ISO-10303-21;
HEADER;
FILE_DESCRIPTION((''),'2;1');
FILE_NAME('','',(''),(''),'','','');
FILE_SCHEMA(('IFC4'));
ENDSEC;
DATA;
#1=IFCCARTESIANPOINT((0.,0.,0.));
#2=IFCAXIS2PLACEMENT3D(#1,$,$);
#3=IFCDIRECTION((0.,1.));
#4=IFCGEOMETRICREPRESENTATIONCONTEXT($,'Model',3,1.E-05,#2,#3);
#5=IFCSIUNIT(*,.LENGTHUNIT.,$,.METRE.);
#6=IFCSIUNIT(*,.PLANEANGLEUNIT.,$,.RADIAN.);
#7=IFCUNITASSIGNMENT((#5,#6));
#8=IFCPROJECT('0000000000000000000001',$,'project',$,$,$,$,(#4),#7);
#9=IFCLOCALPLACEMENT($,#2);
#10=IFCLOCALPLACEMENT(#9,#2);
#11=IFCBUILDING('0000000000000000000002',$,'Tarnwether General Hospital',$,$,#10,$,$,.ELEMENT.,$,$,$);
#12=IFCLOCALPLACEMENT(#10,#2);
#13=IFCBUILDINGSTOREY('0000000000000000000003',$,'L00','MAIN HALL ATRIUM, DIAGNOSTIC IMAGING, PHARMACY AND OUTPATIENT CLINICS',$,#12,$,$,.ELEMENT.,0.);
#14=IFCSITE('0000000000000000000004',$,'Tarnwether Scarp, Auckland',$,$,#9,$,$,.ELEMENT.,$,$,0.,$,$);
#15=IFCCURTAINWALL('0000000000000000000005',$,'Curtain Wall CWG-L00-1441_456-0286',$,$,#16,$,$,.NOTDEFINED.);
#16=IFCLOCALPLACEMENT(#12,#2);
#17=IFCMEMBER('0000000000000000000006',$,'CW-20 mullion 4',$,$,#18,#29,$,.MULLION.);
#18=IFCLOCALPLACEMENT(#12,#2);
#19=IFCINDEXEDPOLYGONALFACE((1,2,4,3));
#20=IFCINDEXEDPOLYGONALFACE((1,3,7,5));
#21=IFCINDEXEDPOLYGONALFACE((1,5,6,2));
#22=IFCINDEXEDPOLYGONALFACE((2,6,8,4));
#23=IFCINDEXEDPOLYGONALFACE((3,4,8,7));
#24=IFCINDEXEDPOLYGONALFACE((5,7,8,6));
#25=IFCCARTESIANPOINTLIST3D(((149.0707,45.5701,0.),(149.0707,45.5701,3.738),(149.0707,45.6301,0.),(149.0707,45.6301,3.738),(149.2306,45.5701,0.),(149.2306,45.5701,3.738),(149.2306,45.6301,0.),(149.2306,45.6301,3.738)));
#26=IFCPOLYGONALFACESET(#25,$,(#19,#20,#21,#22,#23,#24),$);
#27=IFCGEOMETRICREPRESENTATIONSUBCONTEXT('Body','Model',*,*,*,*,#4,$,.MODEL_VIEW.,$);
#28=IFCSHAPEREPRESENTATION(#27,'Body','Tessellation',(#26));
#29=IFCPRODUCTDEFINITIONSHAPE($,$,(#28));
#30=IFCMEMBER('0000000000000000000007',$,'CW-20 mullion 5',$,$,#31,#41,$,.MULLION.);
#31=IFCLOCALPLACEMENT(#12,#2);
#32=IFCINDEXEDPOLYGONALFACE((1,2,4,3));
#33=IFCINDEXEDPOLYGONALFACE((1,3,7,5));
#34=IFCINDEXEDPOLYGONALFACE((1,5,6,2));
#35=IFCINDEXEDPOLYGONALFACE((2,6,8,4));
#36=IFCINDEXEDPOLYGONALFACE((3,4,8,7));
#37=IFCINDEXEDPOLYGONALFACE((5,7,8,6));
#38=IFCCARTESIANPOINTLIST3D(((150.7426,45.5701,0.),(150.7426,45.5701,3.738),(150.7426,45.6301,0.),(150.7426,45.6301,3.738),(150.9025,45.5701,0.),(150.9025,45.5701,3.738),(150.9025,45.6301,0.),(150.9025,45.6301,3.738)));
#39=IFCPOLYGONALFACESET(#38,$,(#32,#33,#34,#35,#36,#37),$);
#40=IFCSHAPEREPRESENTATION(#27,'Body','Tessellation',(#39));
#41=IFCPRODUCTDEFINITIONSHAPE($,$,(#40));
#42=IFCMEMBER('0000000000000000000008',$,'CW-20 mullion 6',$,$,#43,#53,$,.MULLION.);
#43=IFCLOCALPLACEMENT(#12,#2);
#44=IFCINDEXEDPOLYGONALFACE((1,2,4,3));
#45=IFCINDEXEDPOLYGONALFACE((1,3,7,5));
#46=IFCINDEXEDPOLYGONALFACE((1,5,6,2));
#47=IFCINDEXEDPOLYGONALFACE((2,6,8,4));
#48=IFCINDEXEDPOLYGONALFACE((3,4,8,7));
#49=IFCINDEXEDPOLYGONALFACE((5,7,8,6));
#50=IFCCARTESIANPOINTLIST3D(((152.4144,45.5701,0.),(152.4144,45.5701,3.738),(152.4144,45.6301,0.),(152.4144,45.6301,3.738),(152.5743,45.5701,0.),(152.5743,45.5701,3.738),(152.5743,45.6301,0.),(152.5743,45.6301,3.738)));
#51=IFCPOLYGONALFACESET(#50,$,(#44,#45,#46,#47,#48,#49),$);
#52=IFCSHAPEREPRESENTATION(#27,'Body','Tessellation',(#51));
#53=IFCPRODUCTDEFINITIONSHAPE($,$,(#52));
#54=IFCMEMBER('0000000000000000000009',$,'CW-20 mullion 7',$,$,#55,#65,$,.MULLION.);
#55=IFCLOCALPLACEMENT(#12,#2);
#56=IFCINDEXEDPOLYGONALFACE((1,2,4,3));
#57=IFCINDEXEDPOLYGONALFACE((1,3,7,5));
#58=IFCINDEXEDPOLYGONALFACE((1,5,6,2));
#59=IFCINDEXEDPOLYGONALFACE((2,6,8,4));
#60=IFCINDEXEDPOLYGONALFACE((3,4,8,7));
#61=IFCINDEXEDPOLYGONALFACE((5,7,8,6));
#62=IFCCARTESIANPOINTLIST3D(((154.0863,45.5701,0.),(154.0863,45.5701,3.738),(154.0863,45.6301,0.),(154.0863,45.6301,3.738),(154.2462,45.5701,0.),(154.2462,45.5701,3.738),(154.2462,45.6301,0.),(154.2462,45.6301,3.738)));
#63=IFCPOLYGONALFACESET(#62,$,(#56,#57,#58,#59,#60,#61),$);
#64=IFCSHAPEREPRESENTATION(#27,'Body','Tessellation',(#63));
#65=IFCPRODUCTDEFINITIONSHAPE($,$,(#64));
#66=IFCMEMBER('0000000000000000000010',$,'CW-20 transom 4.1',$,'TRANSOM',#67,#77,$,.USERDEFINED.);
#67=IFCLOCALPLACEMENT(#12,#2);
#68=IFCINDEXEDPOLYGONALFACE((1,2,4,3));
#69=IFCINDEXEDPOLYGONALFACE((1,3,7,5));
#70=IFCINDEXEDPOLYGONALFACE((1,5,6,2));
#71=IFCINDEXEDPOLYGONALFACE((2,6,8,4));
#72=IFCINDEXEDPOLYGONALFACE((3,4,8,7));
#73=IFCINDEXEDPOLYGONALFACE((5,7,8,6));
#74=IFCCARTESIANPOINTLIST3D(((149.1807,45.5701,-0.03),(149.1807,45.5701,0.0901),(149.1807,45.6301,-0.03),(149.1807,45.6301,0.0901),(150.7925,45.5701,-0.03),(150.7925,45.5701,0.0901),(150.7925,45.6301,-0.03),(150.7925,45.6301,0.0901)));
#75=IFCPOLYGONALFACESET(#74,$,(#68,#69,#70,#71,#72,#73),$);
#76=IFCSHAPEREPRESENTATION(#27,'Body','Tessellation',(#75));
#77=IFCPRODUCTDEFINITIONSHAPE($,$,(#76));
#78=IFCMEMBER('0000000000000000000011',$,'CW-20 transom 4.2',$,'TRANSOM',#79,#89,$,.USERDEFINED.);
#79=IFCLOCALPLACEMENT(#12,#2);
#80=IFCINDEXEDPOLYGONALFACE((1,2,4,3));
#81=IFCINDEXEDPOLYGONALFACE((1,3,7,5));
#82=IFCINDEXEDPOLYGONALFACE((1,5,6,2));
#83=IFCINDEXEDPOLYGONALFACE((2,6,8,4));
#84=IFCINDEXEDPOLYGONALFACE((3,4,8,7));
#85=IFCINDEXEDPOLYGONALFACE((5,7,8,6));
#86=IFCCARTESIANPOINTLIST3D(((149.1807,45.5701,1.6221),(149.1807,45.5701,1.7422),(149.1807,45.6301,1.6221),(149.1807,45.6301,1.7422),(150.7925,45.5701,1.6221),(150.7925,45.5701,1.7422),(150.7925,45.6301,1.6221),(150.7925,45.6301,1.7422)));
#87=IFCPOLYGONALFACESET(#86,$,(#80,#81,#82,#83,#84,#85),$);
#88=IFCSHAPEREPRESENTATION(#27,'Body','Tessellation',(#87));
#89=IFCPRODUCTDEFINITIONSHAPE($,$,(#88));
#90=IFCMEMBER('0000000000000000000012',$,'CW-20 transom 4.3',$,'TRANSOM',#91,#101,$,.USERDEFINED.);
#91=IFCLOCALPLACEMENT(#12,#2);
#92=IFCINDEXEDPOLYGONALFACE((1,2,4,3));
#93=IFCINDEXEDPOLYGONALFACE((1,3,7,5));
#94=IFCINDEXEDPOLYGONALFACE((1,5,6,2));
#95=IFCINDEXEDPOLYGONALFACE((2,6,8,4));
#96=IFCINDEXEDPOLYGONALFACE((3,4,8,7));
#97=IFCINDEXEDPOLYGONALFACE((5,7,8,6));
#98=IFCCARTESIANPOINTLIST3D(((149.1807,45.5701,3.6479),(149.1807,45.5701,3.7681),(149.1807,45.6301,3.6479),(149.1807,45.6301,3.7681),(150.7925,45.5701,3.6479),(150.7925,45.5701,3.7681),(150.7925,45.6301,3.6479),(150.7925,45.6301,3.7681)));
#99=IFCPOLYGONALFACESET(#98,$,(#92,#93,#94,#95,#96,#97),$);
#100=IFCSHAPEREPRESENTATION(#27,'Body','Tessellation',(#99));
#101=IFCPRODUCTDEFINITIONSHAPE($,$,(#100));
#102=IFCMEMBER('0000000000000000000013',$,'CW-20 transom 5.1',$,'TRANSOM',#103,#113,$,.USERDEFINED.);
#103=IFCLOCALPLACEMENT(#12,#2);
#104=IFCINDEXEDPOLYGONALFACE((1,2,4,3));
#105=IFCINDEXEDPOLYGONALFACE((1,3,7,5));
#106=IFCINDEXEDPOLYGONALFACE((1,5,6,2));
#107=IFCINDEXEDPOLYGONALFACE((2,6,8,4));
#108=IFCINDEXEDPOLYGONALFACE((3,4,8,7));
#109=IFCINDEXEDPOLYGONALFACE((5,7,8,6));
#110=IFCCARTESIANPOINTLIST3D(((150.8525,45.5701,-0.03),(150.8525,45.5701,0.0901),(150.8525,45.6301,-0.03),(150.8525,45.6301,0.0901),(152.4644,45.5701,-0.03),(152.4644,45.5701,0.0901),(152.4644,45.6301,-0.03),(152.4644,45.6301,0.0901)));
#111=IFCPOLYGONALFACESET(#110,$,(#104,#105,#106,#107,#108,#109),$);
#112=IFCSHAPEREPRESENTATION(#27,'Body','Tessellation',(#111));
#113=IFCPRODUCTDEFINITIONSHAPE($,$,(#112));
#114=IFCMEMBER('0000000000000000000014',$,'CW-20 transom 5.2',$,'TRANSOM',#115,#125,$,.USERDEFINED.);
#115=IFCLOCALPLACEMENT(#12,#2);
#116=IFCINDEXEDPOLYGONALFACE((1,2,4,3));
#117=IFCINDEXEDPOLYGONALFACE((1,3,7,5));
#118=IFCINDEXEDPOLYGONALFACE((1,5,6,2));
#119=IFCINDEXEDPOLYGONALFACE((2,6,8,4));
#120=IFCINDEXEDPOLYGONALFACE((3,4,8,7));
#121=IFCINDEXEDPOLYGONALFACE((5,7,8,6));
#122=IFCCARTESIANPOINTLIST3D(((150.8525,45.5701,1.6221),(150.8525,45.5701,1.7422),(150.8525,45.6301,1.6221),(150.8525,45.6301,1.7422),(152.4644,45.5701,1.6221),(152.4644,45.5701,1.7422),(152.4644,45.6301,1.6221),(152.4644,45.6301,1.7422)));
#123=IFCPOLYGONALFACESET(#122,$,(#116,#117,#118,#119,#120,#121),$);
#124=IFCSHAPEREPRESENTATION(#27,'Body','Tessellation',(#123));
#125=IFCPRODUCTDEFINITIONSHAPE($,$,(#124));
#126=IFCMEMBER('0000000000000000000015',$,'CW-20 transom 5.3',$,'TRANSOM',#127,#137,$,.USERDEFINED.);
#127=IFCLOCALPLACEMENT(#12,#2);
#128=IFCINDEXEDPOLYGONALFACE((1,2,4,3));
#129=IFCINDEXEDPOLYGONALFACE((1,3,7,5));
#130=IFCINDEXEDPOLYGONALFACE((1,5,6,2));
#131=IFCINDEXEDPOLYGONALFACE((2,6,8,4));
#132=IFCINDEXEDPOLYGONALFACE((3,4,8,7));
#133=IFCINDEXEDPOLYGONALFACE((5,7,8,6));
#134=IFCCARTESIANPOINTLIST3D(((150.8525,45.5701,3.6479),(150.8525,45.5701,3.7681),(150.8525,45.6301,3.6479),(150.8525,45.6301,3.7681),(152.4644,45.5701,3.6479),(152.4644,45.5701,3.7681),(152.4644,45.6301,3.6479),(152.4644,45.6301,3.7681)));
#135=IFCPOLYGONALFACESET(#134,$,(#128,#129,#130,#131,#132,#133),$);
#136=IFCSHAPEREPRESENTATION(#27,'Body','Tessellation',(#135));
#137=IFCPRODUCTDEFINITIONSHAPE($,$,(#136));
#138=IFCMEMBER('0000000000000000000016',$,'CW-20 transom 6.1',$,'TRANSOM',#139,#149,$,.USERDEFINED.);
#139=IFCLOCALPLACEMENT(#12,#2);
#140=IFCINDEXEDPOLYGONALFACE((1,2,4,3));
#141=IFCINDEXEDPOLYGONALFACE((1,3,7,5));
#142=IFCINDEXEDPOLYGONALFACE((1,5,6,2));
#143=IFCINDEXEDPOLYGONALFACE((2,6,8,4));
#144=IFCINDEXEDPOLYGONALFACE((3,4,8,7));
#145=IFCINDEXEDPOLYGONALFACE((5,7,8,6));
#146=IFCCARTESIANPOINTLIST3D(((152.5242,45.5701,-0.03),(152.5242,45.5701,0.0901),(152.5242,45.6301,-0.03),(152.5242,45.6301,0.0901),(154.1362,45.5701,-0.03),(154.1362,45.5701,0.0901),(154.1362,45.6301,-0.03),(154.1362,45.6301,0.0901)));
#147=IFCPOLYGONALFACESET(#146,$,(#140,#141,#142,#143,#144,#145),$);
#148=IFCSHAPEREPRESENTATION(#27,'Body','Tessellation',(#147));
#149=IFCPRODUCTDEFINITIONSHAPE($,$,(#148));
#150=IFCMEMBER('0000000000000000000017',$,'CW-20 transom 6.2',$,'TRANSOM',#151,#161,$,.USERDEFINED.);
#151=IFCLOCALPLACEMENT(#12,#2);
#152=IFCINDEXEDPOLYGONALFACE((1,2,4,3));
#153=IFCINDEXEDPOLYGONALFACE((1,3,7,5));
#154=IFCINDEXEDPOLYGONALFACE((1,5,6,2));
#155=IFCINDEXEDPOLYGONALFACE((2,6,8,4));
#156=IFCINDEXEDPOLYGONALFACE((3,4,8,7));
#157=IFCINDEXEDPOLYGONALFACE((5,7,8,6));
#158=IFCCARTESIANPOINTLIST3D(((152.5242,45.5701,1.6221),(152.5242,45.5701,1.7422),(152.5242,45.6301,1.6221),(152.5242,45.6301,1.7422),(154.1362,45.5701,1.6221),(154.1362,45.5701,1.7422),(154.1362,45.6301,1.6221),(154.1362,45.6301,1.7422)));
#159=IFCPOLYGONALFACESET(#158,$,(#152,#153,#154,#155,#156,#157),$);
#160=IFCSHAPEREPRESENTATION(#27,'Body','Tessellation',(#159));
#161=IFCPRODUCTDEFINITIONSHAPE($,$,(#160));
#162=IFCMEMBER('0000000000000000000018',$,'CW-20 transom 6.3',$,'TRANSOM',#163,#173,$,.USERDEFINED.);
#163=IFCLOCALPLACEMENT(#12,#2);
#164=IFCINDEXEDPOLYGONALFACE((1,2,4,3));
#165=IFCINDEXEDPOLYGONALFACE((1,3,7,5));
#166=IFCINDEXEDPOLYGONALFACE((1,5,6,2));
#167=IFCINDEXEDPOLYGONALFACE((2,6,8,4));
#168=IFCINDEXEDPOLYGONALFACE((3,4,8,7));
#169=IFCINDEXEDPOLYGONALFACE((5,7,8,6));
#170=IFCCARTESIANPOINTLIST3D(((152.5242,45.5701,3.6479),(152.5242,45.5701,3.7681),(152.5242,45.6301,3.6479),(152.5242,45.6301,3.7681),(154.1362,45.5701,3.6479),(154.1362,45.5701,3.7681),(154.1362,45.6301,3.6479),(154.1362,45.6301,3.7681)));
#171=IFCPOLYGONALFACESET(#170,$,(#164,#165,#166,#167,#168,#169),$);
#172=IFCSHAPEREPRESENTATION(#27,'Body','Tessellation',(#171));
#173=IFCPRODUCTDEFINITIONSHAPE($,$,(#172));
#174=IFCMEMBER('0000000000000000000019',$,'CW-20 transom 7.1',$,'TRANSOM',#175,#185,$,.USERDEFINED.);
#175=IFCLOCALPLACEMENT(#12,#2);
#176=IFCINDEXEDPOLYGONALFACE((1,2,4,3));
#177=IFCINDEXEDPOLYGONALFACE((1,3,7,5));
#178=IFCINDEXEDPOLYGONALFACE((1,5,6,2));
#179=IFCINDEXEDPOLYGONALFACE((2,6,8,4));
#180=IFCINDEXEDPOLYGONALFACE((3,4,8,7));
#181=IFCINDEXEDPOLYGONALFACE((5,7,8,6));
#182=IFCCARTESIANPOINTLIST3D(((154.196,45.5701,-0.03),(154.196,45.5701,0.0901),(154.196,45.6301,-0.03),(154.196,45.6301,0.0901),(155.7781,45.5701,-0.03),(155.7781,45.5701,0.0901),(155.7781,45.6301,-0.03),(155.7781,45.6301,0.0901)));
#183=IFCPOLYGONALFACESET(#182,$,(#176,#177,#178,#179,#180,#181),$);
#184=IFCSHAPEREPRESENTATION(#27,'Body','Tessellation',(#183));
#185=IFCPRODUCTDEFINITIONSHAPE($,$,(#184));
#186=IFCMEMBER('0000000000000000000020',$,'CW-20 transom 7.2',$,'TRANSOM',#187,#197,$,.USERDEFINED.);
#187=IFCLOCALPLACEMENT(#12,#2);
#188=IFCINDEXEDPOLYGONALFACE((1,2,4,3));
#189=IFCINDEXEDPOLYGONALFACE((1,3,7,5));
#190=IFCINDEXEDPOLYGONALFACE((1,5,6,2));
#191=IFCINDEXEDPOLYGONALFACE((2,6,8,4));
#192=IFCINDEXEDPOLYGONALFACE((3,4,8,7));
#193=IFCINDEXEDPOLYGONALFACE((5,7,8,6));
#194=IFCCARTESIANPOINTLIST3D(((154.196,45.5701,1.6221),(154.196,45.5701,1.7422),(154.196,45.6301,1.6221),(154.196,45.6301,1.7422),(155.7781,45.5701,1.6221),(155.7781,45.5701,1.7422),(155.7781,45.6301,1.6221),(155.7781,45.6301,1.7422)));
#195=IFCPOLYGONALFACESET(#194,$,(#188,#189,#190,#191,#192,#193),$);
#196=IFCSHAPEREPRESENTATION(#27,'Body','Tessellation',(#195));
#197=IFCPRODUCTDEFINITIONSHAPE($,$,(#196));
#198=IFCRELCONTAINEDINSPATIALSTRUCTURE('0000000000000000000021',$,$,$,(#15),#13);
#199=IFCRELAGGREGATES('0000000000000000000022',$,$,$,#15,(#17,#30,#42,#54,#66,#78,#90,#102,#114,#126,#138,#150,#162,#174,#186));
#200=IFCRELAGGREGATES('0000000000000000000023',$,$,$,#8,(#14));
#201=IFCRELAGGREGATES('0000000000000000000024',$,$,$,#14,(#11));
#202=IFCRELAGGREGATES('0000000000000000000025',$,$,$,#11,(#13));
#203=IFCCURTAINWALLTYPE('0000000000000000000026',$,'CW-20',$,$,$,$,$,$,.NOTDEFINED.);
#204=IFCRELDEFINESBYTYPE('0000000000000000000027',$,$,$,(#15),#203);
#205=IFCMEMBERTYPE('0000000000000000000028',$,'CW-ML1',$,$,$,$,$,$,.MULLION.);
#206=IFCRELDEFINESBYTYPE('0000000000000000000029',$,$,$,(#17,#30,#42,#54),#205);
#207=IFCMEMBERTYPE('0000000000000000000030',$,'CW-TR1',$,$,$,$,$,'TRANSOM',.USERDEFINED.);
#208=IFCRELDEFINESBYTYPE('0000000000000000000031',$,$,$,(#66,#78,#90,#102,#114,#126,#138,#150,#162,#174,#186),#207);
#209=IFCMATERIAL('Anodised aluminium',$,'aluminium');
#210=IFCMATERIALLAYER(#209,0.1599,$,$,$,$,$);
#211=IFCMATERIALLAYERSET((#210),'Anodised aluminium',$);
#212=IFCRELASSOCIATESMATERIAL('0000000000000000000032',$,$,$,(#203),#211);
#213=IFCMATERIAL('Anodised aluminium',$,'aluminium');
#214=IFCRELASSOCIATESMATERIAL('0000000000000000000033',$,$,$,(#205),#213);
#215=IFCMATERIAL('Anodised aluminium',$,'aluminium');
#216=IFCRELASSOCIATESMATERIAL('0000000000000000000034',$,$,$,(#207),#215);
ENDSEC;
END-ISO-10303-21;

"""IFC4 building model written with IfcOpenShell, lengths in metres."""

from ifc_helpers import new_model, si_unit, direction, frame, origin, origin_2d, place, context, subcontext, project, spatial, rectangle, extrude, material, layer, layer_set, material_profile, profile_set, type_object, element, aggregate, save


model = new_model("IFC4")

# Units and contexts
model_context = context("Model", 3, precision=1e-05, world=origin(), true_north=direction((0.0, 1.0)))
body_context = subcontext(model_context, "Body", "Model", "MODEL_VIEW")
ifc_project = project(units=[si_unit("LENGTHUNIT", "METRE"), si_unit("PLANEANGLEUNIT", "RADIAN")], contexts=[model_context])

# Site, building, storey
site_placement = place(None, origin())
site = spatial("IfcSite", under=ifc_project, at=site_placement, Name="Tarnwether Scarp, Auckland", CompositionType="ELEMENT", RefElevation=0.0)
building_placement = place(site_placement, origin())
building = spatial("IfcBuilding", under=site, at=building_placement, Name="Tarnwether General Hospital", CompositionType="ELEMENT")
storey_placement = place(building_placement, origin())
storey = spatial("IfcBuildingStorey", under=building, at=storey_placement, Name="L00", Description="MAIN HALL ATRIUM, DIAGNOSTIC IMAGING, PHARMACY AND OUTPATIENT CLINICS", CompositionType="ELEMENT", Elevation=0.0)

# Curtain wall, members
ifc_material_1 = material(Name="Anodised aluminium", Category="aluminium")
ifc_layer_1 = layer(ifc_material_1, 0.1599)
ifc_layer_set_1 = layer_set([ifc_layer_1], Name="Anodised aluminium")
curtain_wall_type = type_object("IfcCurtainWallType", Name="CW-20", PredefinedType="NOTDEFINED", material=ifc_layer_set_1)
curtain_wall_placement = place(storey_placement, origin())
curtain_wall = element("IfcCurtainWall", 1, at=curtain_wall_placement, inside=storey, type_object=curtain_wall_type, Name="Curtain Wall CWG-L00-1441_456-0286", PredefinedType="NOTDEFINED")
ifc_material_2 = material(Name="Anodised aluminium", Category="aluminium")
ifc_material_profile_1 = material_profile(ifc_material_2, rectangle(XDim=0.0601, YDim=0.1599, at=origin_2d()), Name="ALU-MUL-60x160")
ifc_profile_set_1 = profile_set([ifc_material_profile_1], Name="Anodised aluminium")
member_type_1 = type_object("IfcMemberType", Name="CW-ML1", PredefinedType="MULLION", material=ifc_profile_set_1)
member_1_placement = place(storey_placement, frame((149.1506, 45.6001, 0.0), z_axis=(0.0, 0.0, 1.0), x_axis=(0.0, 1.0, 0.0)))
member_1 = element("IfcMember", 2, at=member_1_placement, type_object=member_type_1, Name="CW-20 mullion 4", PredefinedType="MULLION", context=body_context, shape_type="SweptSolid", body=[
    extrude(rectangle(XDim=0.0601, YDim=0.1599, at=origin_2d()), origin(), (0.0, 0.0, 1.0), 3.738),
])
member_2_placement = place(storey_placement, frame((150.8225, 45.6001, 0.0), z_axis=(0.0, 0.0, 1.0), x_axis=(0.0, 1.0, 0.0)))
member_2 = element("IfcMember", 3, at=member_2_placement, type_object=member_type_1, Name="CW-20 mullion 5", PredefinedType="MULLION", context=body_context, shape_type="SweptSolid", body=[
    extrude(rectangle(XDim=0.0601, YDim=0.1599, at=origin_2d()), origin(), (0.0, 0.0, 1.0), 3.738),
])
member_3_placement = place(storey_placement, frame((152.4944, 45.6001, 0.0), z_axis=(0.0, 0.0, 1.0), x_axis=(0.0, 1.0, 0.0)))
member_3 = element("IfcMember", 4, at=member_3_placement, type_object=member_type_1, Name="CW-20 mullion 6", PredefinedType="MULLION", context=body_context, shape_type="SweptSolid", body=[
    extrude(rectangle(XDim=0.0601, YDim=0.1599, at=origin_2d()), origin(), (0.0, 0.0, 1.0), 3.738),
])
member_4_placement = place(storey_placement, frame((154.1663, 45.6001, 0.0), z_axis=(0.0, 0.0, 1.0), x_axis=(0.0, 1.0, 0.0)))
member_4 = element("IfcMember", 5, at=member_4_placement, type_object=member_type_1, Name="CW-20 mullion 7", PredefinedType="MULLION", context=body_context, shape_type="SweptSolid", body=[
    extrude(rectangle(XDim=0.0601, YDim=0.1599, at=origin_2d()), origin(), (0.0, 0.0, 1.0), 3.738),
])
ifc_material_3 = material(Name="Anodised aluminium", Category="aluminium")
ifc_material_profile_2 = material_profile(ifc_material_3, rectangle(XDim=0.0601, YDim=0.1201, at=origin_2d()), Name="ALU-TRN-60x120")
ifc_profile_set_2 = profile_set([ifc_material_profile_2], Name="Anodised aluminium")
member_type_2 = type_object("IfcMemberType", Name="CW-TR1", ElementType="TRANSOM", PredefinedType="USERDEFINED", material=ifc_profile_set_2)
member_5_placement = place(storey_placement, frame((149.1807, 45.6001, 0.03), z_axis=(1.0, 0.0, 0.0), x_axis=(0.0, 1.0, 0.0)))
member_5 = element("IfcMember", 6, at=member_5_placement, type_object=member_type_2, Name="CW-20 transom 4.1", ObjectType="TRANSOM", PredefinedType="USERDEFINED", context=body_context, shape_type="SweptSolid", body=[
    extrude(rectangle(XDim=0.0601, YDim=0.1201, at=origin_2d()), origin(), (0.0, 0.0, 1.0), 1.6118),
])
member_6_placement = place(storey_placement, frame((149.1807, 45.6001, 1.6821), z_axis=(1.0, 0.0, 0.0), x_axis=(0.0, 1.0, 0.0)))
member_6 = element("IfcMember", 7, at=member_6_placement, type_object=member_type_2, Name="CW-20 transom 4.2", ObjectType="TRANSOM", PredefinedType="USERDEFINED", context=body_context, shape_type="SweptSolid", body=[
    extrude(rectangle(XDim=0.0601, YDim=0.1201, at=origin_2d()), origin(), (0.0, 0.0, 1.0), 1.6118),
])
member_7_placement = place(storey_placement, frame((149.1807, 45.6001, 3.708), z_axis=(1.0, 0.0, 0.0), x_axis=(0.0, 1.0, 0.0)))
member_7 = element("IfcMember", 8, at=member_7_placement, type_object=member_type_2, Name="CW-20 transom 4.3", ObjectType="TRANSOM", PredefinedType="USERDEFINED", context=body_context, shape_type="SweptSolid", body=[
    extrude(rectangle(XDim=0.0601, YDim=0.1201, at=origin_2d()), origin(), (0.0, 0.0, 1.0), 1.6118),
])
member_8_placement = place(storey_placement, frame((150.8525, 45.6001, 0.03), z_axis=(1.0, 0.0, 0.0), x_axis=(0.0, 1.0, 0.0)))
member_8 = element("IfcMember", 9, at=member_8_placement, type_object=member_type_2, Name="CW-20 transom 5.1", ObjectType="TRANSOM", PredefinedType="USERDEFINED", context=body_context, shape_type="SweptSolid", body=[
    extrude(rectangle(XDim=0.0601, YDim=0.1201, at=origin_2d()), origin(), (0.0, 0.0, 1.0), 1.6118),
])
member_9_placement = place(storey_placement, frame((150.8525, 45.6001, 1.6821), z_axis=(1.0, 0.0, 0.0), x_axis=(0.0, 1.0, 0.0)))
member_9 = element("IfcMember", 10, at=member_9_placement, type_object=member_type_2, Name="CW-20 transom 5.2", ObjectType="TRANSOM", PredefinedType="USERDEFINED", context=body_context, shape_type="SweptSolid", body=[
    extrude(rectangle(XDim=0.0601, YDim=0.1201, at=origin_2d()), origin(), (0.0, 0.0, 1.0), 1.6118),
])
member_10_placement = place(storey_placement, frame((150.8525, 45.6001, 3.708), z_axis=(1.0, 0.0, 0.0), x_axis=(0.0, 1.0, 0.0)))
member_10 = element("IfcMember", 11, at=member_10_placement, type_object=member_type_2, Name="CW-20 transom 5.3", ObjectType="TRANSOM", PredefinedType="USERDEFINED", context=body_context, shape_type="SweptSolid", body=[
    extrude(rectangle(XDim=0.0601, YDim=0.1201, at=origin_2d()), origin(), (0.0, 0.0, 1.0), 1.6118),
])
member_11_placement = place(storey_placement, frame((152.5242, 45.6001, 0.03), z_axis=(1.0, 0.0, 0.0), x_axis=(0.0, 1.0, 0.0)))
member_11 = element("IfcMember", 12, at=member_11_placement, type_object=member_type_2, Name="CW-20 transom 6.1", ObjectType="TRANSOM", PredefinedType="USERDEFINED", context=body_context, shape_type="SweptSolid", body=[
    extrude(rectangle(XDim=0.0601, YDim=0.1201, at=origin_2d()), origin(), (0.0, 0.0, 1.0), 1.6121),
])
member_12_placement = place(storey_placement, frame((152.5242, 45.6001, 1.6821), z_axis=(1.0, 0.0, 0.0), x_axis=(0.0, 1.0, 0.0)))
member_12 = element("IfcMember", 13, at=member_12_placement, type_object=member_type_2, Name="CW-20 transom 6.2", ObjectType="TRANSOM", PredefinedType="USERDEFINED", context=body_context, shape_type="SweptSolid", body=[
    extrude(rectangle(XDim=0.0601, YDim=0.1201, at=origin_2d()), origin(), (0.0, 0.0, 1.0), 1.6121),
])
member_13_placement = place(storey_placement, frame((152.5242, 45.6001, 3.708), z_axis=(1.0, 0.0, 0.0), x_axis=(0.0, 1.0, 0.0)))
member_13 = element("IfcMember", 14, at=member_13_placement, type_object=member_type_2, Name="CW-20 transom 6.3", ObjectType="TRANSOM", PredefinedType="USERDEFINED", context=body_context, shape_type="SweptSolid", body=[
    extrude(rectangle(XDim=0.0601, YDim=0.1201, at=origin_2d()), origin(), (0.0, 0.0, 1.0), 1.6121),
])
member_14_placement = place(storey_placement, frame((154.196, 45.6001, 0.03), z_axis=(1.0, 0.0, 0.0), x_axis=(0.0, 1.0, 0.0)))
member_14 = element("IfcMember", 15, at=member_14_placement, type_object=member_type_2, Name="CW-20 transom 7.1", ObjectType="TRANSOM", PredefinedType="USERDEFINED", context=body_context, shape_type="SweptSolid", body=[
    extrude(rectangle(XDim=0.0601, YDim=0.1201, at=origin_2d()), origin(), (0.0, 0.0, 1.0), 1.582),
])
member_15_placement = place(storey_placement, frame((154.196, 45.6001, 1.6821), z_axis=(1.0, 0.0, 0.0), x_axis=(0.0, 1.0, 0.0)))
member_15 = element("IfcMember", 16, at=member_15_placement, type_object=member_type_2, Name="CW-20 transom 7.2", ObjectType="TRANSOM", PredefinedType="USERDEFINED", context=body_context, shape_type="SweptSolid", body=[
    extrude(rectangle(XDim=0.0601, YDim=0.1201, at=origin_2d()), origin(), (0.0, 0.0, 1.0), 1.582),
])
aggregate(curtain_wall, [member_1, member_2, member_3, member_4, member_5, member_6, member_7, member_8, member_9, member_10, member_11, member_12, member_13, member_14, member_15])

save(model, "model.ifc")
